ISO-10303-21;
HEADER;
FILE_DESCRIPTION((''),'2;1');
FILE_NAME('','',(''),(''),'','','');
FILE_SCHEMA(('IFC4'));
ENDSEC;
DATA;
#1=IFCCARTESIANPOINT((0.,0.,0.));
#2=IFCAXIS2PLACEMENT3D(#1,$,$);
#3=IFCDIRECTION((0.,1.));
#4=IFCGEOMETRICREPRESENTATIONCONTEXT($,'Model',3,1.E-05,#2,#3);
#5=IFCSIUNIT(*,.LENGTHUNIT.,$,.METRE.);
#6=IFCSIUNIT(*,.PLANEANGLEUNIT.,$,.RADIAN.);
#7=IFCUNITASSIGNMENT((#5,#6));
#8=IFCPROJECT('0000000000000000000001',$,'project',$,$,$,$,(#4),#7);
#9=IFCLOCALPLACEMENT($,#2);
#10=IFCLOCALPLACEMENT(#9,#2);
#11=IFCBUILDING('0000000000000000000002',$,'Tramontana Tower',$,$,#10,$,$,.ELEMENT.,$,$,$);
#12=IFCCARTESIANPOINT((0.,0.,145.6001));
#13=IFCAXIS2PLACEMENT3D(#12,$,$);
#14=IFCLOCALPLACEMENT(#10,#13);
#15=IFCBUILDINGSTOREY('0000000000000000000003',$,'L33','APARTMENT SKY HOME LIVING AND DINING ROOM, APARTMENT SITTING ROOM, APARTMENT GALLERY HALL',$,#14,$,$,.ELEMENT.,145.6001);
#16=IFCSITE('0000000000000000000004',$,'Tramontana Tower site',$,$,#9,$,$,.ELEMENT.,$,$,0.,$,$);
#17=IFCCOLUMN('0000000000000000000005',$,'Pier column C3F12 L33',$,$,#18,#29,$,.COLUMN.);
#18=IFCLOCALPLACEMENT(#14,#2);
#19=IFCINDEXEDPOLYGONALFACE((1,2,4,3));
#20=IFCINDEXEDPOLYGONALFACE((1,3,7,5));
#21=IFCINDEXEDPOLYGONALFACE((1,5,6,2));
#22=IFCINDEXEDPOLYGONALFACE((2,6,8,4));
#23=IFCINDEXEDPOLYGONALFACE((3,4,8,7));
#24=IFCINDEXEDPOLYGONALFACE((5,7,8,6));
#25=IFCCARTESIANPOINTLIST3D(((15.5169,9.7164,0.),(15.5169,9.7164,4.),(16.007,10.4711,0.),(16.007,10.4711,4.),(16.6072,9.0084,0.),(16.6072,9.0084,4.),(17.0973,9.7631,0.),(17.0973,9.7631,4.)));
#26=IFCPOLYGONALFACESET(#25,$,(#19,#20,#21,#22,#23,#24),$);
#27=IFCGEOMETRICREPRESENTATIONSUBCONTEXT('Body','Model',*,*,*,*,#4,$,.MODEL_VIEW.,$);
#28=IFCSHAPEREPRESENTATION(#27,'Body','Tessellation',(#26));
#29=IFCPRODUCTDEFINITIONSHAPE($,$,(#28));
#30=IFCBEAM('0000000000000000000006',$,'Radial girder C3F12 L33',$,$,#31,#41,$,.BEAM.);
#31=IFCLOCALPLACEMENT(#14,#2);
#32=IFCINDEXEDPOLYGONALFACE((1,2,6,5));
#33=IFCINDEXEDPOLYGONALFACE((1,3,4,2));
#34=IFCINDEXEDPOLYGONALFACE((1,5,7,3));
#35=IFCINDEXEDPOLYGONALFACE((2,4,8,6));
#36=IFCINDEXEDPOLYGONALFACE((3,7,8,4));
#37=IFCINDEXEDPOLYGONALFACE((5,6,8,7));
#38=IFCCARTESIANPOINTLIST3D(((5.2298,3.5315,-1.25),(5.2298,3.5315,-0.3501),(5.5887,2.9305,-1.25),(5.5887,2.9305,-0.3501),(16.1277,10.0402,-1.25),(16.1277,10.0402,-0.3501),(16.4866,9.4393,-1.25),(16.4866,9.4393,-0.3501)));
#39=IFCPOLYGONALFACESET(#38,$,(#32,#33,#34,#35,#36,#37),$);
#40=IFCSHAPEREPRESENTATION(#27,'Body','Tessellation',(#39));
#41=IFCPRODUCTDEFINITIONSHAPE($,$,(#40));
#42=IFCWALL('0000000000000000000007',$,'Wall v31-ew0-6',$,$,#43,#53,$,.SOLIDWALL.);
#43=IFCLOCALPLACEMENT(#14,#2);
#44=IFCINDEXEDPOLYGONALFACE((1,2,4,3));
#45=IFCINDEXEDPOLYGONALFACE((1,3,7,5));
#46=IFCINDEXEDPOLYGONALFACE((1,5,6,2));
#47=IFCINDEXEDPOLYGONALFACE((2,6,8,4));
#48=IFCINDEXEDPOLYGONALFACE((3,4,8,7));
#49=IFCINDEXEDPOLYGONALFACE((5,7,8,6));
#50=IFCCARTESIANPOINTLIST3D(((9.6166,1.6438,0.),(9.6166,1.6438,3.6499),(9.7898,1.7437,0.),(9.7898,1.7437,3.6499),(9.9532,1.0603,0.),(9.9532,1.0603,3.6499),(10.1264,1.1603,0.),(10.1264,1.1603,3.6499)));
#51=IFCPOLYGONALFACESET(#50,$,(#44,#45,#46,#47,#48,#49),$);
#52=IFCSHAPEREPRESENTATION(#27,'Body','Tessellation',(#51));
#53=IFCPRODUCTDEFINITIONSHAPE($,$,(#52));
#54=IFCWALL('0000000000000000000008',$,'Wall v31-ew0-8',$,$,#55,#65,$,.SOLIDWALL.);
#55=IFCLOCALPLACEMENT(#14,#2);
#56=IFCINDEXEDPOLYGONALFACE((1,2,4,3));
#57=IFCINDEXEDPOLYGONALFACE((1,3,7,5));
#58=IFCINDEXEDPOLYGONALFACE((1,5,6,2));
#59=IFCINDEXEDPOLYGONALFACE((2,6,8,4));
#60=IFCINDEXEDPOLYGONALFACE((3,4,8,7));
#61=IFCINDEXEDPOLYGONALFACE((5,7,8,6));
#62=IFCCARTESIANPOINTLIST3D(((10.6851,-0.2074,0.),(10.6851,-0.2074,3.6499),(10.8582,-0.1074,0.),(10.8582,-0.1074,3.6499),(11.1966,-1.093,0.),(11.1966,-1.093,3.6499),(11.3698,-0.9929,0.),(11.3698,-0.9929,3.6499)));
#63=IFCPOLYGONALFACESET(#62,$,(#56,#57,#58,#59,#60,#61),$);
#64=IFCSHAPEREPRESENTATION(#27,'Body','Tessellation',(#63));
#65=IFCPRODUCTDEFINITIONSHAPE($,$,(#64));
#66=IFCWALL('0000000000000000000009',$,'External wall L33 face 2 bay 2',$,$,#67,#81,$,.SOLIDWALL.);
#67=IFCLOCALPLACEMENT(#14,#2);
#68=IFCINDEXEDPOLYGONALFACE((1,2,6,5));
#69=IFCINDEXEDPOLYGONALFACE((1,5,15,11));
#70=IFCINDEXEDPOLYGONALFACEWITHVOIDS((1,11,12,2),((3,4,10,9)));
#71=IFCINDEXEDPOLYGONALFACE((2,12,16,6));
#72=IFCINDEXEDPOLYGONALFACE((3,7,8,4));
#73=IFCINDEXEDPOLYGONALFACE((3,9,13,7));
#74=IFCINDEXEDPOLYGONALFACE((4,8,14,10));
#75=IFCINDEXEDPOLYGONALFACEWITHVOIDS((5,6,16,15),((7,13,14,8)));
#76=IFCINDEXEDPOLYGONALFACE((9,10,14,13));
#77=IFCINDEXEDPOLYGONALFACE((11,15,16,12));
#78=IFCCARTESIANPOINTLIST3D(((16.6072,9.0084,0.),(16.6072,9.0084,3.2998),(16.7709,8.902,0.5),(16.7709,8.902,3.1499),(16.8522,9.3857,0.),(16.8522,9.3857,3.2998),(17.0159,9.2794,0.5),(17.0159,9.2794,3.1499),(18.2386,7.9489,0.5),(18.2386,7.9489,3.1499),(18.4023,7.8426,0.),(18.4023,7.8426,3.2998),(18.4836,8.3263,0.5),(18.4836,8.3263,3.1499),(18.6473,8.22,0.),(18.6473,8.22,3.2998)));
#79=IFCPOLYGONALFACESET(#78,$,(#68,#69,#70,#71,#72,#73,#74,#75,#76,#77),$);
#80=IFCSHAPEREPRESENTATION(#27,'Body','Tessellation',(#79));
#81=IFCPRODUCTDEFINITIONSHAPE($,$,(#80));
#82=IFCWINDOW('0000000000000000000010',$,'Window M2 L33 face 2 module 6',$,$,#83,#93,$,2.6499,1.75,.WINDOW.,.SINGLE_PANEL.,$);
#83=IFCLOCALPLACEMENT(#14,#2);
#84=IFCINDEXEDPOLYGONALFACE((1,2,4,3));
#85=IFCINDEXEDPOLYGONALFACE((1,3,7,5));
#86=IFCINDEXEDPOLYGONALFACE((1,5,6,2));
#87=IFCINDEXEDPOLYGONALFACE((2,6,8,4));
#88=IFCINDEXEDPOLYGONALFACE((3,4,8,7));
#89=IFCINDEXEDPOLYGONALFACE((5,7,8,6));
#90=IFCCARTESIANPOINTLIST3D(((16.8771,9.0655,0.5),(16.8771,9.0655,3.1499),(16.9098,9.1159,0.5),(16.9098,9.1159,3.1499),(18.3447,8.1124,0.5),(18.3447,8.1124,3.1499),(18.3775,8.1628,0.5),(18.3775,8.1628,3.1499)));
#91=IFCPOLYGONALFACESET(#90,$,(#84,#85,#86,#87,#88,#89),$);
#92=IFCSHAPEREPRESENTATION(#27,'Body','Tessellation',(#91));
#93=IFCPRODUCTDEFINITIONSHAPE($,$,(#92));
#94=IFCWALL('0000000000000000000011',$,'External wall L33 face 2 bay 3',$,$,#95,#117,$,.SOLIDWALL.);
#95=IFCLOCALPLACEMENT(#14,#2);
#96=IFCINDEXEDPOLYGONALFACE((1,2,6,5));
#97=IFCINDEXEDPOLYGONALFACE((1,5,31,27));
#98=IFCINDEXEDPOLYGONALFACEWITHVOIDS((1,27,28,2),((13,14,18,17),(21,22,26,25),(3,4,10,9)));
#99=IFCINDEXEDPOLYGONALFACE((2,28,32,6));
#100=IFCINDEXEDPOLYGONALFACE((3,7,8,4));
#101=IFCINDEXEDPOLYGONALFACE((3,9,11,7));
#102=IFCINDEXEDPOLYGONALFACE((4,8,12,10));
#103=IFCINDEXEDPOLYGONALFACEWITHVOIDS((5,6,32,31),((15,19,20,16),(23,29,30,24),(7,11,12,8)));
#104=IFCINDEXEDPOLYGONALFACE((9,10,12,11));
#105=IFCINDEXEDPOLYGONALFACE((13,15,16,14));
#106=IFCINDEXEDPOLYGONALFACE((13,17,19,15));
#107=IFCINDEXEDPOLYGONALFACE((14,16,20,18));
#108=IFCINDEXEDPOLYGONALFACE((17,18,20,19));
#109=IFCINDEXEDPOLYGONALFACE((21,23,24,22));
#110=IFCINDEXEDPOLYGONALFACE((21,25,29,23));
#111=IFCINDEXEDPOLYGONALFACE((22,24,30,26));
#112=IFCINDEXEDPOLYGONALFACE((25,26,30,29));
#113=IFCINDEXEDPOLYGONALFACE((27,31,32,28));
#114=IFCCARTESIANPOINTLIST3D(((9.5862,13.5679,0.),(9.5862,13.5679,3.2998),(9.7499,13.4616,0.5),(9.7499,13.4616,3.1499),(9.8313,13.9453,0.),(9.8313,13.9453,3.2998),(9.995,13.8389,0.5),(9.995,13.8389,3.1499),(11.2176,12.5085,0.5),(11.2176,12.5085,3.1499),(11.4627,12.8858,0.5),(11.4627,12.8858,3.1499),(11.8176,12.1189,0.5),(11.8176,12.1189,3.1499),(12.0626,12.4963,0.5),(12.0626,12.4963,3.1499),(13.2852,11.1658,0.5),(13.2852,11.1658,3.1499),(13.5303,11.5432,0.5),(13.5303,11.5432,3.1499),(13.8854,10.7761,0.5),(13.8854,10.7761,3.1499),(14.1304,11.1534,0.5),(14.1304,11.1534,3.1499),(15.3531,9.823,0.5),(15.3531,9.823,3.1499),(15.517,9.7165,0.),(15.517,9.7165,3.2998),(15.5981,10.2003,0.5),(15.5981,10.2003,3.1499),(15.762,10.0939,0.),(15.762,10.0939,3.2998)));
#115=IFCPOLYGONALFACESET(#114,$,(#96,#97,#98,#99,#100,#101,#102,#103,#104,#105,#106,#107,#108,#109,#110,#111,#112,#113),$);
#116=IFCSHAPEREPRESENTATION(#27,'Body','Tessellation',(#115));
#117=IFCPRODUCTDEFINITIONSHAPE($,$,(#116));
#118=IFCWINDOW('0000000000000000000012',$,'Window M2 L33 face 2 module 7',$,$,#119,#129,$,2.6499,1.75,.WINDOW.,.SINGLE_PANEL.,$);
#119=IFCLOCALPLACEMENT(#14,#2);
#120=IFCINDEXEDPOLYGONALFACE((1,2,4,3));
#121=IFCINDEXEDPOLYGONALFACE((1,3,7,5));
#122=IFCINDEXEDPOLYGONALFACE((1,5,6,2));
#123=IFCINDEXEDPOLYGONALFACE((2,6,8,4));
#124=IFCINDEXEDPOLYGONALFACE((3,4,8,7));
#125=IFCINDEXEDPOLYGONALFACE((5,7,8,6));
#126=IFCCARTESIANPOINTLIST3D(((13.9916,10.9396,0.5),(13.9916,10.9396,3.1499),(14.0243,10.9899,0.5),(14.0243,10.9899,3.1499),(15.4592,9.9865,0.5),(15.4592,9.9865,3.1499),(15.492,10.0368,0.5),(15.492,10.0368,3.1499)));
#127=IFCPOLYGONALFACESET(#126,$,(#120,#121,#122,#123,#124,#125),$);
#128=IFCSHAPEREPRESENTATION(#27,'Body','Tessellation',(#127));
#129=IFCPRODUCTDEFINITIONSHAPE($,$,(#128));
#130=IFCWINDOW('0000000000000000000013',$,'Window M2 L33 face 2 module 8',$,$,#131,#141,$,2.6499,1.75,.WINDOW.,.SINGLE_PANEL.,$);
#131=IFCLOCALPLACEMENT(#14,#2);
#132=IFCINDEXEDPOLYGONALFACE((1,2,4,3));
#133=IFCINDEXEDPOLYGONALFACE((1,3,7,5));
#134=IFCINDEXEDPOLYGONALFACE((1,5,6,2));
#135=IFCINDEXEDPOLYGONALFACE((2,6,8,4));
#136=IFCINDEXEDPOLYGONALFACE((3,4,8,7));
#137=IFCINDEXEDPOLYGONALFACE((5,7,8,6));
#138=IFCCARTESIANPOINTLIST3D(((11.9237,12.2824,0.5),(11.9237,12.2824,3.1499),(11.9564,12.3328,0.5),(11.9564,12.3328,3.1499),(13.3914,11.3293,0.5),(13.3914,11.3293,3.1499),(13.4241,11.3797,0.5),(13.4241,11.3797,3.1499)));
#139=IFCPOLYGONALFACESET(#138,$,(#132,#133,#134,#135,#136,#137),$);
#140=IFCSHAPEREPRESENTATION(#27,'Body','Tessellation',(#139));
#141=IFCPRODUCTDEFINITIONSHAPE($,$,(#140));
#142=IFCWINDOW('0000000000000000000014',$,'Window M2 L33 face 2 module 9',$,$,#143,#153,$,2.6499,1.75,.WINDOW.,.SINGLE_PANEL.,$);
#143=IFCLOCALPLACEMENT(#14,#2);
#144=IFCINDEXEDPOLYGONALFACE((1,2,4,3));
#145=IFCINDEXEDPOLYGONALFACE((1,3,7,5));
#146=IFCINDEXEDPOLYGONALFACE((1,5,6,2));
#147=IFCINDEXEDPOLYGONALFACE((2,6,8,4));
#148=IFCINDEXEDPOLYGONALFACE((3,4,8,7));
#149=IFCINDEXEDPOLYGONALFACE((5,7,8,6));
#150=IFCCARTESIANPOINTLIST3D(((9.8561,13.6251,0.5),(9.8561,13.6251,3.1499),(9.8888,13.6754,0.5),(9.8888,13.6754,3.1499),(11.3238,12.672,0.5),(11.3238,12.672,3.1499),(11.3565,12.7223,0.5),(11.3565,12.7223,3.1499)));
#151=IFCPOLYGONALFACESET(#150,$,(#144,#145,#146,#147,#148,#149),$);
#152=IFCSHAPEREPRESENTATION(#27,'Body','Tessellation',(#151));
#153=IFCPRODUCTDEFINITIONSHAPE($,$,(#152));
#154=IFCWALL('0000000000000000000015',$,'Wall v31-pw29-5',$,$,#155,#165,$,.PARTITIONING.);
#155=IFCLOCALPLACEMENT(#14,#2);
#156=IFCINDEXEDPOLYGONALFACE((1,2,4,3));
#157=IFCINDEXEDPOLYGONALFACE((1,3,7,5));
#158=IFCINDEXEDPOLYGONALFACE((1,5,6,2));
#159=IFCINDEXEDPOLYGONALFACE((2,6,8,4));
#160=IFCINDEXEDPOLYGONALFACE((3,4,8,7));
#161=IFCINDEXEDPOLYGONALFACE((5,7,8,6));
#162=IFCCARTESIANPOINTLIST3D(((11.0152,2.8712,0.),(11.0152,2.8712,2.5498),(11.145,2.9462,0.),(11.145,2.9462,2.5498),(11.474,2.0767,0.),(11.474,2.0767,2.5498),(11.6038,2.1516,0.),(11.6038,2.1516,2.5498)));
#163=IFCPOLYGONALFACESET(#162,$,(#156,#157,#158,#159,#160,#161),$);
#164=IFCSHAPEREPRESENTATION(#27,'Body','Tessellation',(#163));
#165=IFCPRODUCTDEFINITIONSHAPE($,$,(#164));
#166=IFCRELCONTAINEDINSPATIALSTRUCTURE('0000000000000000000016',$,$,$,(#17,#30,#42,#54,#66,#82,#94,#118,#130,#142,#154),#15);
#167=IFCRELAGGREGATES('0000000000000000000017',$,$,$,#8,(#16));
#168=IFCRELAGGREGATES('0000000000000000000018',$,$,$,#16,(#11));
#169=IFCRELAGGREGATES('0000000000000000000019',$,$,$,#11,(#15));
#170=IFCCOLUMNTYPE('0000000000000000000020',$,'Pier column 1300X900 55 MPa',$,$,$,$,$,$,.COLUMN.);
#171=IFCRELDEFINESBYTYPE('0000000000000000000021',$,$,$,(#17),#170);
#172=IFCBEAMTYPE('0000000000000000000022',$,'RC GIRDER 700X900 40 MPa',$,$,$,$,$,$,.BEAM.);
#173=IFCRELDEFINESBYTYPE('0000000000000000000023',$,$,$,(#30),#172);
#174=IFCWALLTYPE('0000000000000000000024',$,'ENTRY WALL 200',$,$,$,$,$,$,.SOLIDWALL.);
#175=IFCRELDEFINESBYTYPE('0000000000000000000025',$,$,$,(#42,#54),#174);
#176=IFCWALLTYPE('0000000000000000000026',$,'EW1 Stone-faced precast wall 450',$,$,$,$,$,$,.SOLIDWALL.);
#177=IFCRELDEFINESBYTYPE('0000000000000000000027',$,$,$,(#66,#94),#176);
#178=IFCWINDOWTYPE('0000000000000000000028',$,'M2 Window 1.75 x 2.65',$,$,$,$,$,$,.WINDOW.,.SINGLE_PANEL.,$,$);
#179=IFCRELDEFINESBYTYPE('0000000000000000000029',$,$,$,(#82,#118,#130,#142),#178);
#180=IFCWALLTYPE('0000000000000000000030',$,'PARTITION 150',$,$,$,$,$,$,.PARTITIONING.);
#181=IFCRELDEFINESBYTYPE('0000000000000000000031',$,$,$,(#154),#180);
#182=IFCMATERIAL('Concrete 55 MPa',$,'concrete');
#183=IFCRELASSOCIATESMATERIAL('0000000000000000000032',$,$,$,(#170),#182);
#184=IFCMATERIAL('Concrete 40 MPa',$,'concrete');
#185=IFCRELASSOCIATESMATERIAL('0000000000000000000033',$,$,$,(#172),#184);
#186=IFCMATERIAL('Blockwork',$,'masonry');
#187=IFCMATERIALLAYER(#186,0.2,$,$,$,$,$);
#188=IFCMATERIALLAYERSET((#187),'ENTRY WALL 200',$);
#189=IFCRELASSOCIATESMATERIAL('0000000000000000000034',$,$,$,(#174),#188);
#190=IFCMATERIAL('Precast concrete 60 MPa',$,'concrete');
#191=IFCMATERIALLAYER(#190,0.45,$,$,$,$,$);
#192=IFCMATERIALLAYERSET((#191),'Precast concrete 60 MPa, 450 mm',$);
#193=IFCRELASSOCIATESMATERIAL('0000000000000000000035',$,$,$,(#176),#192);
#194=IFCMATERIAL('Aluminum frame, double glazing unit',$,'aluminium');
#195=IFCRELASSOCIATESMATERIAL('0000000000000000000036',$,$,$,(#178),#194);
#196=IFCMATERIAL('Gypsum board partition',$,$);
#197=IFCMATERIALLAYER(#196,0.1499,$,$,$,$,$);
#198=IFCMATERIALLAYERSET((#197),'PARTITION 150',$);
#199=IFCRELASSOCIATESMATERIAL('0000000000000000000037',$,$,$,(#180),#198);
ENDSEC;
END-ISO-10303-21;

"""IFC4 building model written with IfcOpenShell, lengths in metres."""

from ifc_helpers import new_model, si_unit, direction, frame, frame_2d, origin, origin_2d, place, context, subcontext, project, spatial, rectangle, extrude, material, layer, layer_set, material_profile, profile_set, type_object, element, fill, save


model = new_model("IFC4")

# Units and contexts
model_context = context("Model", 3, precision=1e-05, world=origin(), true_north=direction((0.0, 1.0)))
body_context = subcontext(model_context, "Body", "Model", "MODEL_VIEW")
ifc_project = project(units=[si_unit("LENGTHUNIT", "METRE"), si_unit("PLANEANGLEUNIT", "RADIAN")], contexts=[model_context])

# Site, building, storey
site_placement = place(None, origin())
site = spatial("IfcSite", under=ifc_project, at=site_placement, Name="Tramontana Tower site", CompositionType="ELEMENT", RefElevation=0.0)
building_placement = place(site_placement, origin())
building = spatial("IfcBuilding", under=site, at=building_placement, Name="Tramontana Tower", CompositionType="ELEMENT")
storey_placement = place(building_placement, frame((0.0, 0.0, 145.6001)))
storey = spatial("IfcBuildingStorey", under=building, at=storey_placement, Name="L33", Description="APARTMENT SKY HOME LIVING AND DINING ROOM, APARTMENT SITTING ROOM, APARTMENT GALLERY HALL", CompositionType="ELEMENT", Elevation=145.6001)

# Column
ifc_material_1 = material(Name="Concrete 55 MPa", Category="concrete")
ifc_material_profile_1 = material_profile(ifc_material_1, rectangle(XDim=1.3, YDim=0.8999, at=origin_2d()), Name="Pier column 1300X900 55 MPa")
ifc_profile_set_1 = profile_set([ifc_material_profile_1], Name="Concrete 55 MPa")
column_type = type_object("IfcColumnType", Name="Pier column 1300X900 55 MPa", PredefinedType="COLUMN", material=ifc_profile_set_1)
column_placement = place(storey_placement, frame((16.3071, 9.7397, 0.0), z_axis=(0.0, 0.0, 1.0), x_axis=(-0.838671, 0.544639, 0.0)))
element("IfcColumn", 1, at=column_placement, inside=storey, type_object=column_type, Name="Pier column C3F12 L33", PredefinedType="COLUMN", context=body_context, shape_type="SweptSolid", body=[
    extrude(rectangle(XDim=1.3, YDim=0.8999, at=origin_2d()), origin(), (0.0, 0.0, 1.0), 4.0),
])

# Beam
ifc_material_2 = material(Name="Concrete 40 MPa", Category="concrete")
ifc_material_profile_2 = material_profile(ifc_material_2, rectangle(XDim=0.7, YDim=0.8999, at=origin_2d()), Name="RC GIRDER 700X900 40 MPa")
ifc_profile_set_2 = profile_set([ifc_material_profile_2], Name="Concrete 40 MPa")
beam_type = type_object("IfcBeamType", Name="RC GIRDER 700X900 40 MPa", PredefinedType="BEAM", material=ifc_profile_set_2)
beam_placement = place(storey_placement, frame((16.3071, 9.7397, -0.8), z_axis=(-0.858533, -0.512758, 0.0), x_axis=(0.512758, -0.858533, 0.0)))
element("IfcBeam", 2, at=beam_placement, inside=storey, type_object=beam_type, Name="Radial girder C3F12 L33", PredefinedType="BEAM", context=body_context, shape_type="SweptSolid", body=[
    extrude(rectangle(XDim=0.7, YDim=0.8999, at=origin_2d()), origin(), (0.0, 0.0, 1.0), 12.6936),
])

# Wall
ifc_material_3 = material(Name="Blockwork", Category="masonry")
ifc_layer_1 = layer(ifc_material_3, 0.2)
ifc_layer_set_1 = layer_set([ifc_layer_1], Name="ENTRY WALL 200")
wall_type_1 = type_object("IfcWallType", Name="ENTRY WALL 200", PredefinedType="SOLIDWALL", material=ifc_layer_set_1)
wall_1_placement = place(storey_placement, frame((9.7031, 1.6938, 0.0), z_axis=(0.0, 0.0, 1.0), x_axis=(0.499764, -0.866161, 0.0)))
element("IfcWall", 3, at=wall_1_placement, inside=storey, type_object=wall_type_1, Name="Wall v31-ew0-6", PredefinedType="SOLIDWALL", context=body_context, shape_type="SweptSolid", body=[
    extrude(rectangle(XDim=0.6736, YDim=0.2, at=frame_2d((0.3369, 0.0))), origin(), (0.0, 0.0, 1.0), 3.6499),
])

# Wall
wall_2_placement = place(storey_placement, frame((10.7717, -0.1575, 0.0), z_axis=(0.0, 0.0, 1.0), x_axis=(0.50017, -0.865927, 0.0)))
element("IfcWall", 4, at=wall_2_placement, inside=storey, type_object=wall_type_1, Name="Wall v31-ew0-8", PredefinedType="SOLIDWALL", context=body_context, shape_type="SweptSolid", body=[
    extrude(rectangle(XDim=1.0227, YDim=0.2, at=frame_2d((0.5112, 0.0))), origin(), (0.0, 0.0, 1.0), 3.6499),
])

# Wall, opening, window
ifc_material_4 = material(Name="Precast concrete 60 MPa", Category="concrete")
ifc_layer_2 = layer(ifc_material_4, 0.45)
ifc_layer_set_2 = layer_set([ifc_layer_2], Name="Precast concrete 60 MPa, 450 mm")
wall_type_2 = type_object("IfcWallType", Name="EW1 Stone-faced precast wall 450", PredefinedType="SOLIDWALL", material=ifc_layer_set_2)
wall_3_placement = place(storey_placement, frame((18.5249, 8.0312, 0.0), z_axis=(0.0, 0.0, 1.0), x_axis=(-0.838675, 0.544631, 0.0)))
wall_3 = element("IfcWall", 5, at=wall_3_placement, inside=storey, type_object=wall_type_2, Name="External wall L33 face 2 bay 2", PredefinedType="SOLIDWALL", context=body_context, shape_type="SweptSolid", body=[
    extrude(rectangle(XDim=2.1404, YDim=0.45, at=frame_2d((1.0703, 0.0))), origin(), (0.0, 0.0, 1.0), 3.2998),
])
opening_1_placement = place(wall_3_placement, frame((0.1953, 0.0, 0.5)))
opening_1 = element("IfcOpeningElement", 6, at=opening_1_placement, cuts=wall_3, PredefinedType="OPENING", context=body_context, shape_type="SweptSolid", body=[
    extrude(rectangle(XDim=1.75, YDim=2.6499, at=frame_2d((0.875, 1.325))), frame((0.0, 0.2349, 0.0), z_axis=(0.0, -1.0, 0.0), x_axis=(1.0, 0.0, 0.0)), (0.0, 0.0, 1.0), 0.47),
])
ifc_material_5 = material(Name="Aluminum frame, double glazing unit", Category="aluminium")
window_type = type_object("IfcWindowType", Name="M2 Window 1.75 x 2.65", PartitioningType="SINGLE_PANEL", PredefinedType="WINDOW", material=ifc_material_5)
window_1_placement = place(opening_1_placement, origin())
window_1 = element("IfcWindow", 7, at=window_1_placement, inside=storey, type_object=window_type, Name="Window M2 L33 face 2 module 6", OverallHeight=2.6499, OverallWidth=1.75, PartitioningType="SINGLE_PANEL", PredefinedType="WINDOW", context=body_context, shape_type="SweptSolid", body=[
    extrude(rectangle(XDim=1.75, YDim=2.6499, at=frame_2d((0.875, 1.325))), frame((0.0, 0.03, 0.0), z_axis=(0.0, -1.0, 0.0), x_axis=(1.0, 0.0, 0.0)), (0.0, 0.0, 1.0), 0.0601),
])
fill(opening_1, window_1)

# Wall, openings, windows
wall_4_placement = place(storey_placement, frame((15.6394, 9.9053, 0.0), z_axis=(0.0, 0.0, 1.0), x_axis=(-0.838677, 0.544629, 0.0)))
wall_4 = element("IfcWall", 8, at=wall_4_placement, inside=storey, type_object=wall_type_2, Name="External wall L33 face 2 bay 3", PredefinedType="SOLIDWALL", context=body_context, shape_type="SweptSolid", body=[
    extrude(rectangle(XDim=7.0715, YDim=0.45, at=frame_2d((3.5356, 0.0))), origin(), (0.0, 0.0, 1.0), 3.2998),
])
opening_2_placement = place(wall_4_placement, frame((0.1953, 0.0, 0.5)))
opening_2 = element("IfcOpeningElement", 9, at=opening_2_placement, cuts=wall_4, PredefinedType="OPENING", context=body_context, shape_type="SweptSolid", body=[
    extrude(rectangle(XDim=1.75, YDim=2.6499, at=frame_2d((0.875, 1.325))), frame((0.0, 0.2349, 0.0), z_axis=(0.0, -1.0, 0.0), x_axis=(1.0, 0.0, 0.0)), (0.0, 0.0, 1.0), 0.47),
])
opening_3_placement = place(wall_4_placement, frame((2.6609, 0.0, 0.5)))
opening_3 = element("IfcOpeningElement", 10, at=opening_3_placement, cuts=wall_4, PredefinedType="OPENING", context=body_context, shape_type="SweptSolid", body=[
    extrude(rectangle(XDim=1.75, YDim=2.6499, at=frame_2d((0.875, 1.325))), frame((0.0, 0.2349, 0.0), z_axis=(0.0, -1.0, 0.0), x_axis=(1.0, 0.0, 0.0)), (0.0, 0.0, 1.0), 0.47),
])
opening_4_placement = place(wall_4_placement, frame((5.1262, 0.0, 0.5)))
opening_4 = element("IfcOpeningElement", 11, at=opening_4_placement, cuts=wall_4, PredefinedType="OPENING", context=body_context, shape_type="SweptSolid", body=[
    extrude(rectangle(XDim=1.75, YDim=2.6499, at=frame_2d((0.875, 1.325))), frame((0.0, 0.2349, 0.0), z_axis=(0.0, -1.0, 0.0), x_axis=(1.0, 0.0, 0.0)), (0.0, 0.0, 1.0), 0.47),
])
window_2_placement = place(opening_2_placement, origin())
window_2 = element("IfcWindow", 12, at=window_2_placement, inside=storey, type_object=window_type, Name="Window M2 L33 face 2 module 7", OverallHeight=2.6499, OverallWidth=1.75, PartitioningType="SINGLE_PANEL", PredefinedType="WINDOW", context=body_context, shape_type="SweptSolid", body=[
    extrude(rectangle(XDim=1.75, YDim=2.6499, at=frame_2d((0.875, 1.325))), frame((0.0, 0.03, 0.0), z_axis=(0.0, -1.0, 0.0), x_axis=(1.0, 0.0, 0.0)), (0.0, 0.0, 1.0), 0.0601),
])
fill(opening_2, window_2)
window_3_placement = place(opening_3_placement, origin())
window_3 = element("IfcWindow", 13, at=window_3_placement, inside=storey, type_object=window_type, Name="Window M2 L33 face 2 module 8", OverallHeight=2.6499, OverallWidth=1.75, PartitioningType="SINGLE_PANEL", PredefinedType="WINDOW", context=body_context, shape_type="SweptSolid", body=[
    extrude(rectangle(XDim=1.75, YDim=2.6499, at=frame_2d((0.875, 1.325))), frame((0.0, 0.03, 0.0), z_axis=(0.0, -1.0, 0.0), x_axis=(1.0, 0.0, 0.0)), (0.0, 0.0, 1.0), 0.0601),
])
fill(opening_3, window_3)
window_4_placement = place(opening_4_placement, origin())
window_4 = element("IfcWindow", 14, at=window_4_placement, inside=storey, type_object=window_type, Name="Window M2 L33 face 2 module 9", OverallHeight=2.6499, OverallWidth=1.75, PartitioningType="SINGLE_PANEL", PredefinedType="WINDOW", context=body_context, shape_type="SweptSolid", body=[
    extrude(rectangle(XDim=1.75, YDim=2.6499, at=frame_2d((0.875, 1.325))), frame((0.0, 0.03, 0.0), z_axis=(0.0, -1.0, 0.0), x_axis=(1.0, 0.0, 0.0)), (0.0, 0.0, 1.0), 0.0601),
])
fill(opening_4, window_4)

# Wall
ifc_material_6 = material(Name="Gypsum board partition")
ifc_layer_3 = layer(ifc_material_6, 0.1499)
ifc_layer_set_3 = layer_set([ifc_layer_3], Name="PARTITION 150")
wall_type_3 = type_object("IfcWallType", Name="PARTITION 150", PredefinedType="PARTITIONING", material=ifc_layer_set_3)
wall_5_placement = place(storey_placement, frame((11.0801, 2.9087, 0.0), z_axis=(0.0, 0.0, 1.0), x_axis=(0.50006, -0.865991, 0.0)))
element("IfcWall", 15, at=wall_5_placement, inside=storey, type_object=wall_type_3, Name="Wall v31-pw29-5", PredefinedType="PARTITIONING", context=body_context, shape_type="SweptSolid", body=[
    extrude(rectangle(XDim=0.9175, YDim=0.1499, at=frame_2d((0.4587, 0.0))), origin(), (0.0, 0.0, 1.0), 2.5498),
])

save(model, "model.ifc")
